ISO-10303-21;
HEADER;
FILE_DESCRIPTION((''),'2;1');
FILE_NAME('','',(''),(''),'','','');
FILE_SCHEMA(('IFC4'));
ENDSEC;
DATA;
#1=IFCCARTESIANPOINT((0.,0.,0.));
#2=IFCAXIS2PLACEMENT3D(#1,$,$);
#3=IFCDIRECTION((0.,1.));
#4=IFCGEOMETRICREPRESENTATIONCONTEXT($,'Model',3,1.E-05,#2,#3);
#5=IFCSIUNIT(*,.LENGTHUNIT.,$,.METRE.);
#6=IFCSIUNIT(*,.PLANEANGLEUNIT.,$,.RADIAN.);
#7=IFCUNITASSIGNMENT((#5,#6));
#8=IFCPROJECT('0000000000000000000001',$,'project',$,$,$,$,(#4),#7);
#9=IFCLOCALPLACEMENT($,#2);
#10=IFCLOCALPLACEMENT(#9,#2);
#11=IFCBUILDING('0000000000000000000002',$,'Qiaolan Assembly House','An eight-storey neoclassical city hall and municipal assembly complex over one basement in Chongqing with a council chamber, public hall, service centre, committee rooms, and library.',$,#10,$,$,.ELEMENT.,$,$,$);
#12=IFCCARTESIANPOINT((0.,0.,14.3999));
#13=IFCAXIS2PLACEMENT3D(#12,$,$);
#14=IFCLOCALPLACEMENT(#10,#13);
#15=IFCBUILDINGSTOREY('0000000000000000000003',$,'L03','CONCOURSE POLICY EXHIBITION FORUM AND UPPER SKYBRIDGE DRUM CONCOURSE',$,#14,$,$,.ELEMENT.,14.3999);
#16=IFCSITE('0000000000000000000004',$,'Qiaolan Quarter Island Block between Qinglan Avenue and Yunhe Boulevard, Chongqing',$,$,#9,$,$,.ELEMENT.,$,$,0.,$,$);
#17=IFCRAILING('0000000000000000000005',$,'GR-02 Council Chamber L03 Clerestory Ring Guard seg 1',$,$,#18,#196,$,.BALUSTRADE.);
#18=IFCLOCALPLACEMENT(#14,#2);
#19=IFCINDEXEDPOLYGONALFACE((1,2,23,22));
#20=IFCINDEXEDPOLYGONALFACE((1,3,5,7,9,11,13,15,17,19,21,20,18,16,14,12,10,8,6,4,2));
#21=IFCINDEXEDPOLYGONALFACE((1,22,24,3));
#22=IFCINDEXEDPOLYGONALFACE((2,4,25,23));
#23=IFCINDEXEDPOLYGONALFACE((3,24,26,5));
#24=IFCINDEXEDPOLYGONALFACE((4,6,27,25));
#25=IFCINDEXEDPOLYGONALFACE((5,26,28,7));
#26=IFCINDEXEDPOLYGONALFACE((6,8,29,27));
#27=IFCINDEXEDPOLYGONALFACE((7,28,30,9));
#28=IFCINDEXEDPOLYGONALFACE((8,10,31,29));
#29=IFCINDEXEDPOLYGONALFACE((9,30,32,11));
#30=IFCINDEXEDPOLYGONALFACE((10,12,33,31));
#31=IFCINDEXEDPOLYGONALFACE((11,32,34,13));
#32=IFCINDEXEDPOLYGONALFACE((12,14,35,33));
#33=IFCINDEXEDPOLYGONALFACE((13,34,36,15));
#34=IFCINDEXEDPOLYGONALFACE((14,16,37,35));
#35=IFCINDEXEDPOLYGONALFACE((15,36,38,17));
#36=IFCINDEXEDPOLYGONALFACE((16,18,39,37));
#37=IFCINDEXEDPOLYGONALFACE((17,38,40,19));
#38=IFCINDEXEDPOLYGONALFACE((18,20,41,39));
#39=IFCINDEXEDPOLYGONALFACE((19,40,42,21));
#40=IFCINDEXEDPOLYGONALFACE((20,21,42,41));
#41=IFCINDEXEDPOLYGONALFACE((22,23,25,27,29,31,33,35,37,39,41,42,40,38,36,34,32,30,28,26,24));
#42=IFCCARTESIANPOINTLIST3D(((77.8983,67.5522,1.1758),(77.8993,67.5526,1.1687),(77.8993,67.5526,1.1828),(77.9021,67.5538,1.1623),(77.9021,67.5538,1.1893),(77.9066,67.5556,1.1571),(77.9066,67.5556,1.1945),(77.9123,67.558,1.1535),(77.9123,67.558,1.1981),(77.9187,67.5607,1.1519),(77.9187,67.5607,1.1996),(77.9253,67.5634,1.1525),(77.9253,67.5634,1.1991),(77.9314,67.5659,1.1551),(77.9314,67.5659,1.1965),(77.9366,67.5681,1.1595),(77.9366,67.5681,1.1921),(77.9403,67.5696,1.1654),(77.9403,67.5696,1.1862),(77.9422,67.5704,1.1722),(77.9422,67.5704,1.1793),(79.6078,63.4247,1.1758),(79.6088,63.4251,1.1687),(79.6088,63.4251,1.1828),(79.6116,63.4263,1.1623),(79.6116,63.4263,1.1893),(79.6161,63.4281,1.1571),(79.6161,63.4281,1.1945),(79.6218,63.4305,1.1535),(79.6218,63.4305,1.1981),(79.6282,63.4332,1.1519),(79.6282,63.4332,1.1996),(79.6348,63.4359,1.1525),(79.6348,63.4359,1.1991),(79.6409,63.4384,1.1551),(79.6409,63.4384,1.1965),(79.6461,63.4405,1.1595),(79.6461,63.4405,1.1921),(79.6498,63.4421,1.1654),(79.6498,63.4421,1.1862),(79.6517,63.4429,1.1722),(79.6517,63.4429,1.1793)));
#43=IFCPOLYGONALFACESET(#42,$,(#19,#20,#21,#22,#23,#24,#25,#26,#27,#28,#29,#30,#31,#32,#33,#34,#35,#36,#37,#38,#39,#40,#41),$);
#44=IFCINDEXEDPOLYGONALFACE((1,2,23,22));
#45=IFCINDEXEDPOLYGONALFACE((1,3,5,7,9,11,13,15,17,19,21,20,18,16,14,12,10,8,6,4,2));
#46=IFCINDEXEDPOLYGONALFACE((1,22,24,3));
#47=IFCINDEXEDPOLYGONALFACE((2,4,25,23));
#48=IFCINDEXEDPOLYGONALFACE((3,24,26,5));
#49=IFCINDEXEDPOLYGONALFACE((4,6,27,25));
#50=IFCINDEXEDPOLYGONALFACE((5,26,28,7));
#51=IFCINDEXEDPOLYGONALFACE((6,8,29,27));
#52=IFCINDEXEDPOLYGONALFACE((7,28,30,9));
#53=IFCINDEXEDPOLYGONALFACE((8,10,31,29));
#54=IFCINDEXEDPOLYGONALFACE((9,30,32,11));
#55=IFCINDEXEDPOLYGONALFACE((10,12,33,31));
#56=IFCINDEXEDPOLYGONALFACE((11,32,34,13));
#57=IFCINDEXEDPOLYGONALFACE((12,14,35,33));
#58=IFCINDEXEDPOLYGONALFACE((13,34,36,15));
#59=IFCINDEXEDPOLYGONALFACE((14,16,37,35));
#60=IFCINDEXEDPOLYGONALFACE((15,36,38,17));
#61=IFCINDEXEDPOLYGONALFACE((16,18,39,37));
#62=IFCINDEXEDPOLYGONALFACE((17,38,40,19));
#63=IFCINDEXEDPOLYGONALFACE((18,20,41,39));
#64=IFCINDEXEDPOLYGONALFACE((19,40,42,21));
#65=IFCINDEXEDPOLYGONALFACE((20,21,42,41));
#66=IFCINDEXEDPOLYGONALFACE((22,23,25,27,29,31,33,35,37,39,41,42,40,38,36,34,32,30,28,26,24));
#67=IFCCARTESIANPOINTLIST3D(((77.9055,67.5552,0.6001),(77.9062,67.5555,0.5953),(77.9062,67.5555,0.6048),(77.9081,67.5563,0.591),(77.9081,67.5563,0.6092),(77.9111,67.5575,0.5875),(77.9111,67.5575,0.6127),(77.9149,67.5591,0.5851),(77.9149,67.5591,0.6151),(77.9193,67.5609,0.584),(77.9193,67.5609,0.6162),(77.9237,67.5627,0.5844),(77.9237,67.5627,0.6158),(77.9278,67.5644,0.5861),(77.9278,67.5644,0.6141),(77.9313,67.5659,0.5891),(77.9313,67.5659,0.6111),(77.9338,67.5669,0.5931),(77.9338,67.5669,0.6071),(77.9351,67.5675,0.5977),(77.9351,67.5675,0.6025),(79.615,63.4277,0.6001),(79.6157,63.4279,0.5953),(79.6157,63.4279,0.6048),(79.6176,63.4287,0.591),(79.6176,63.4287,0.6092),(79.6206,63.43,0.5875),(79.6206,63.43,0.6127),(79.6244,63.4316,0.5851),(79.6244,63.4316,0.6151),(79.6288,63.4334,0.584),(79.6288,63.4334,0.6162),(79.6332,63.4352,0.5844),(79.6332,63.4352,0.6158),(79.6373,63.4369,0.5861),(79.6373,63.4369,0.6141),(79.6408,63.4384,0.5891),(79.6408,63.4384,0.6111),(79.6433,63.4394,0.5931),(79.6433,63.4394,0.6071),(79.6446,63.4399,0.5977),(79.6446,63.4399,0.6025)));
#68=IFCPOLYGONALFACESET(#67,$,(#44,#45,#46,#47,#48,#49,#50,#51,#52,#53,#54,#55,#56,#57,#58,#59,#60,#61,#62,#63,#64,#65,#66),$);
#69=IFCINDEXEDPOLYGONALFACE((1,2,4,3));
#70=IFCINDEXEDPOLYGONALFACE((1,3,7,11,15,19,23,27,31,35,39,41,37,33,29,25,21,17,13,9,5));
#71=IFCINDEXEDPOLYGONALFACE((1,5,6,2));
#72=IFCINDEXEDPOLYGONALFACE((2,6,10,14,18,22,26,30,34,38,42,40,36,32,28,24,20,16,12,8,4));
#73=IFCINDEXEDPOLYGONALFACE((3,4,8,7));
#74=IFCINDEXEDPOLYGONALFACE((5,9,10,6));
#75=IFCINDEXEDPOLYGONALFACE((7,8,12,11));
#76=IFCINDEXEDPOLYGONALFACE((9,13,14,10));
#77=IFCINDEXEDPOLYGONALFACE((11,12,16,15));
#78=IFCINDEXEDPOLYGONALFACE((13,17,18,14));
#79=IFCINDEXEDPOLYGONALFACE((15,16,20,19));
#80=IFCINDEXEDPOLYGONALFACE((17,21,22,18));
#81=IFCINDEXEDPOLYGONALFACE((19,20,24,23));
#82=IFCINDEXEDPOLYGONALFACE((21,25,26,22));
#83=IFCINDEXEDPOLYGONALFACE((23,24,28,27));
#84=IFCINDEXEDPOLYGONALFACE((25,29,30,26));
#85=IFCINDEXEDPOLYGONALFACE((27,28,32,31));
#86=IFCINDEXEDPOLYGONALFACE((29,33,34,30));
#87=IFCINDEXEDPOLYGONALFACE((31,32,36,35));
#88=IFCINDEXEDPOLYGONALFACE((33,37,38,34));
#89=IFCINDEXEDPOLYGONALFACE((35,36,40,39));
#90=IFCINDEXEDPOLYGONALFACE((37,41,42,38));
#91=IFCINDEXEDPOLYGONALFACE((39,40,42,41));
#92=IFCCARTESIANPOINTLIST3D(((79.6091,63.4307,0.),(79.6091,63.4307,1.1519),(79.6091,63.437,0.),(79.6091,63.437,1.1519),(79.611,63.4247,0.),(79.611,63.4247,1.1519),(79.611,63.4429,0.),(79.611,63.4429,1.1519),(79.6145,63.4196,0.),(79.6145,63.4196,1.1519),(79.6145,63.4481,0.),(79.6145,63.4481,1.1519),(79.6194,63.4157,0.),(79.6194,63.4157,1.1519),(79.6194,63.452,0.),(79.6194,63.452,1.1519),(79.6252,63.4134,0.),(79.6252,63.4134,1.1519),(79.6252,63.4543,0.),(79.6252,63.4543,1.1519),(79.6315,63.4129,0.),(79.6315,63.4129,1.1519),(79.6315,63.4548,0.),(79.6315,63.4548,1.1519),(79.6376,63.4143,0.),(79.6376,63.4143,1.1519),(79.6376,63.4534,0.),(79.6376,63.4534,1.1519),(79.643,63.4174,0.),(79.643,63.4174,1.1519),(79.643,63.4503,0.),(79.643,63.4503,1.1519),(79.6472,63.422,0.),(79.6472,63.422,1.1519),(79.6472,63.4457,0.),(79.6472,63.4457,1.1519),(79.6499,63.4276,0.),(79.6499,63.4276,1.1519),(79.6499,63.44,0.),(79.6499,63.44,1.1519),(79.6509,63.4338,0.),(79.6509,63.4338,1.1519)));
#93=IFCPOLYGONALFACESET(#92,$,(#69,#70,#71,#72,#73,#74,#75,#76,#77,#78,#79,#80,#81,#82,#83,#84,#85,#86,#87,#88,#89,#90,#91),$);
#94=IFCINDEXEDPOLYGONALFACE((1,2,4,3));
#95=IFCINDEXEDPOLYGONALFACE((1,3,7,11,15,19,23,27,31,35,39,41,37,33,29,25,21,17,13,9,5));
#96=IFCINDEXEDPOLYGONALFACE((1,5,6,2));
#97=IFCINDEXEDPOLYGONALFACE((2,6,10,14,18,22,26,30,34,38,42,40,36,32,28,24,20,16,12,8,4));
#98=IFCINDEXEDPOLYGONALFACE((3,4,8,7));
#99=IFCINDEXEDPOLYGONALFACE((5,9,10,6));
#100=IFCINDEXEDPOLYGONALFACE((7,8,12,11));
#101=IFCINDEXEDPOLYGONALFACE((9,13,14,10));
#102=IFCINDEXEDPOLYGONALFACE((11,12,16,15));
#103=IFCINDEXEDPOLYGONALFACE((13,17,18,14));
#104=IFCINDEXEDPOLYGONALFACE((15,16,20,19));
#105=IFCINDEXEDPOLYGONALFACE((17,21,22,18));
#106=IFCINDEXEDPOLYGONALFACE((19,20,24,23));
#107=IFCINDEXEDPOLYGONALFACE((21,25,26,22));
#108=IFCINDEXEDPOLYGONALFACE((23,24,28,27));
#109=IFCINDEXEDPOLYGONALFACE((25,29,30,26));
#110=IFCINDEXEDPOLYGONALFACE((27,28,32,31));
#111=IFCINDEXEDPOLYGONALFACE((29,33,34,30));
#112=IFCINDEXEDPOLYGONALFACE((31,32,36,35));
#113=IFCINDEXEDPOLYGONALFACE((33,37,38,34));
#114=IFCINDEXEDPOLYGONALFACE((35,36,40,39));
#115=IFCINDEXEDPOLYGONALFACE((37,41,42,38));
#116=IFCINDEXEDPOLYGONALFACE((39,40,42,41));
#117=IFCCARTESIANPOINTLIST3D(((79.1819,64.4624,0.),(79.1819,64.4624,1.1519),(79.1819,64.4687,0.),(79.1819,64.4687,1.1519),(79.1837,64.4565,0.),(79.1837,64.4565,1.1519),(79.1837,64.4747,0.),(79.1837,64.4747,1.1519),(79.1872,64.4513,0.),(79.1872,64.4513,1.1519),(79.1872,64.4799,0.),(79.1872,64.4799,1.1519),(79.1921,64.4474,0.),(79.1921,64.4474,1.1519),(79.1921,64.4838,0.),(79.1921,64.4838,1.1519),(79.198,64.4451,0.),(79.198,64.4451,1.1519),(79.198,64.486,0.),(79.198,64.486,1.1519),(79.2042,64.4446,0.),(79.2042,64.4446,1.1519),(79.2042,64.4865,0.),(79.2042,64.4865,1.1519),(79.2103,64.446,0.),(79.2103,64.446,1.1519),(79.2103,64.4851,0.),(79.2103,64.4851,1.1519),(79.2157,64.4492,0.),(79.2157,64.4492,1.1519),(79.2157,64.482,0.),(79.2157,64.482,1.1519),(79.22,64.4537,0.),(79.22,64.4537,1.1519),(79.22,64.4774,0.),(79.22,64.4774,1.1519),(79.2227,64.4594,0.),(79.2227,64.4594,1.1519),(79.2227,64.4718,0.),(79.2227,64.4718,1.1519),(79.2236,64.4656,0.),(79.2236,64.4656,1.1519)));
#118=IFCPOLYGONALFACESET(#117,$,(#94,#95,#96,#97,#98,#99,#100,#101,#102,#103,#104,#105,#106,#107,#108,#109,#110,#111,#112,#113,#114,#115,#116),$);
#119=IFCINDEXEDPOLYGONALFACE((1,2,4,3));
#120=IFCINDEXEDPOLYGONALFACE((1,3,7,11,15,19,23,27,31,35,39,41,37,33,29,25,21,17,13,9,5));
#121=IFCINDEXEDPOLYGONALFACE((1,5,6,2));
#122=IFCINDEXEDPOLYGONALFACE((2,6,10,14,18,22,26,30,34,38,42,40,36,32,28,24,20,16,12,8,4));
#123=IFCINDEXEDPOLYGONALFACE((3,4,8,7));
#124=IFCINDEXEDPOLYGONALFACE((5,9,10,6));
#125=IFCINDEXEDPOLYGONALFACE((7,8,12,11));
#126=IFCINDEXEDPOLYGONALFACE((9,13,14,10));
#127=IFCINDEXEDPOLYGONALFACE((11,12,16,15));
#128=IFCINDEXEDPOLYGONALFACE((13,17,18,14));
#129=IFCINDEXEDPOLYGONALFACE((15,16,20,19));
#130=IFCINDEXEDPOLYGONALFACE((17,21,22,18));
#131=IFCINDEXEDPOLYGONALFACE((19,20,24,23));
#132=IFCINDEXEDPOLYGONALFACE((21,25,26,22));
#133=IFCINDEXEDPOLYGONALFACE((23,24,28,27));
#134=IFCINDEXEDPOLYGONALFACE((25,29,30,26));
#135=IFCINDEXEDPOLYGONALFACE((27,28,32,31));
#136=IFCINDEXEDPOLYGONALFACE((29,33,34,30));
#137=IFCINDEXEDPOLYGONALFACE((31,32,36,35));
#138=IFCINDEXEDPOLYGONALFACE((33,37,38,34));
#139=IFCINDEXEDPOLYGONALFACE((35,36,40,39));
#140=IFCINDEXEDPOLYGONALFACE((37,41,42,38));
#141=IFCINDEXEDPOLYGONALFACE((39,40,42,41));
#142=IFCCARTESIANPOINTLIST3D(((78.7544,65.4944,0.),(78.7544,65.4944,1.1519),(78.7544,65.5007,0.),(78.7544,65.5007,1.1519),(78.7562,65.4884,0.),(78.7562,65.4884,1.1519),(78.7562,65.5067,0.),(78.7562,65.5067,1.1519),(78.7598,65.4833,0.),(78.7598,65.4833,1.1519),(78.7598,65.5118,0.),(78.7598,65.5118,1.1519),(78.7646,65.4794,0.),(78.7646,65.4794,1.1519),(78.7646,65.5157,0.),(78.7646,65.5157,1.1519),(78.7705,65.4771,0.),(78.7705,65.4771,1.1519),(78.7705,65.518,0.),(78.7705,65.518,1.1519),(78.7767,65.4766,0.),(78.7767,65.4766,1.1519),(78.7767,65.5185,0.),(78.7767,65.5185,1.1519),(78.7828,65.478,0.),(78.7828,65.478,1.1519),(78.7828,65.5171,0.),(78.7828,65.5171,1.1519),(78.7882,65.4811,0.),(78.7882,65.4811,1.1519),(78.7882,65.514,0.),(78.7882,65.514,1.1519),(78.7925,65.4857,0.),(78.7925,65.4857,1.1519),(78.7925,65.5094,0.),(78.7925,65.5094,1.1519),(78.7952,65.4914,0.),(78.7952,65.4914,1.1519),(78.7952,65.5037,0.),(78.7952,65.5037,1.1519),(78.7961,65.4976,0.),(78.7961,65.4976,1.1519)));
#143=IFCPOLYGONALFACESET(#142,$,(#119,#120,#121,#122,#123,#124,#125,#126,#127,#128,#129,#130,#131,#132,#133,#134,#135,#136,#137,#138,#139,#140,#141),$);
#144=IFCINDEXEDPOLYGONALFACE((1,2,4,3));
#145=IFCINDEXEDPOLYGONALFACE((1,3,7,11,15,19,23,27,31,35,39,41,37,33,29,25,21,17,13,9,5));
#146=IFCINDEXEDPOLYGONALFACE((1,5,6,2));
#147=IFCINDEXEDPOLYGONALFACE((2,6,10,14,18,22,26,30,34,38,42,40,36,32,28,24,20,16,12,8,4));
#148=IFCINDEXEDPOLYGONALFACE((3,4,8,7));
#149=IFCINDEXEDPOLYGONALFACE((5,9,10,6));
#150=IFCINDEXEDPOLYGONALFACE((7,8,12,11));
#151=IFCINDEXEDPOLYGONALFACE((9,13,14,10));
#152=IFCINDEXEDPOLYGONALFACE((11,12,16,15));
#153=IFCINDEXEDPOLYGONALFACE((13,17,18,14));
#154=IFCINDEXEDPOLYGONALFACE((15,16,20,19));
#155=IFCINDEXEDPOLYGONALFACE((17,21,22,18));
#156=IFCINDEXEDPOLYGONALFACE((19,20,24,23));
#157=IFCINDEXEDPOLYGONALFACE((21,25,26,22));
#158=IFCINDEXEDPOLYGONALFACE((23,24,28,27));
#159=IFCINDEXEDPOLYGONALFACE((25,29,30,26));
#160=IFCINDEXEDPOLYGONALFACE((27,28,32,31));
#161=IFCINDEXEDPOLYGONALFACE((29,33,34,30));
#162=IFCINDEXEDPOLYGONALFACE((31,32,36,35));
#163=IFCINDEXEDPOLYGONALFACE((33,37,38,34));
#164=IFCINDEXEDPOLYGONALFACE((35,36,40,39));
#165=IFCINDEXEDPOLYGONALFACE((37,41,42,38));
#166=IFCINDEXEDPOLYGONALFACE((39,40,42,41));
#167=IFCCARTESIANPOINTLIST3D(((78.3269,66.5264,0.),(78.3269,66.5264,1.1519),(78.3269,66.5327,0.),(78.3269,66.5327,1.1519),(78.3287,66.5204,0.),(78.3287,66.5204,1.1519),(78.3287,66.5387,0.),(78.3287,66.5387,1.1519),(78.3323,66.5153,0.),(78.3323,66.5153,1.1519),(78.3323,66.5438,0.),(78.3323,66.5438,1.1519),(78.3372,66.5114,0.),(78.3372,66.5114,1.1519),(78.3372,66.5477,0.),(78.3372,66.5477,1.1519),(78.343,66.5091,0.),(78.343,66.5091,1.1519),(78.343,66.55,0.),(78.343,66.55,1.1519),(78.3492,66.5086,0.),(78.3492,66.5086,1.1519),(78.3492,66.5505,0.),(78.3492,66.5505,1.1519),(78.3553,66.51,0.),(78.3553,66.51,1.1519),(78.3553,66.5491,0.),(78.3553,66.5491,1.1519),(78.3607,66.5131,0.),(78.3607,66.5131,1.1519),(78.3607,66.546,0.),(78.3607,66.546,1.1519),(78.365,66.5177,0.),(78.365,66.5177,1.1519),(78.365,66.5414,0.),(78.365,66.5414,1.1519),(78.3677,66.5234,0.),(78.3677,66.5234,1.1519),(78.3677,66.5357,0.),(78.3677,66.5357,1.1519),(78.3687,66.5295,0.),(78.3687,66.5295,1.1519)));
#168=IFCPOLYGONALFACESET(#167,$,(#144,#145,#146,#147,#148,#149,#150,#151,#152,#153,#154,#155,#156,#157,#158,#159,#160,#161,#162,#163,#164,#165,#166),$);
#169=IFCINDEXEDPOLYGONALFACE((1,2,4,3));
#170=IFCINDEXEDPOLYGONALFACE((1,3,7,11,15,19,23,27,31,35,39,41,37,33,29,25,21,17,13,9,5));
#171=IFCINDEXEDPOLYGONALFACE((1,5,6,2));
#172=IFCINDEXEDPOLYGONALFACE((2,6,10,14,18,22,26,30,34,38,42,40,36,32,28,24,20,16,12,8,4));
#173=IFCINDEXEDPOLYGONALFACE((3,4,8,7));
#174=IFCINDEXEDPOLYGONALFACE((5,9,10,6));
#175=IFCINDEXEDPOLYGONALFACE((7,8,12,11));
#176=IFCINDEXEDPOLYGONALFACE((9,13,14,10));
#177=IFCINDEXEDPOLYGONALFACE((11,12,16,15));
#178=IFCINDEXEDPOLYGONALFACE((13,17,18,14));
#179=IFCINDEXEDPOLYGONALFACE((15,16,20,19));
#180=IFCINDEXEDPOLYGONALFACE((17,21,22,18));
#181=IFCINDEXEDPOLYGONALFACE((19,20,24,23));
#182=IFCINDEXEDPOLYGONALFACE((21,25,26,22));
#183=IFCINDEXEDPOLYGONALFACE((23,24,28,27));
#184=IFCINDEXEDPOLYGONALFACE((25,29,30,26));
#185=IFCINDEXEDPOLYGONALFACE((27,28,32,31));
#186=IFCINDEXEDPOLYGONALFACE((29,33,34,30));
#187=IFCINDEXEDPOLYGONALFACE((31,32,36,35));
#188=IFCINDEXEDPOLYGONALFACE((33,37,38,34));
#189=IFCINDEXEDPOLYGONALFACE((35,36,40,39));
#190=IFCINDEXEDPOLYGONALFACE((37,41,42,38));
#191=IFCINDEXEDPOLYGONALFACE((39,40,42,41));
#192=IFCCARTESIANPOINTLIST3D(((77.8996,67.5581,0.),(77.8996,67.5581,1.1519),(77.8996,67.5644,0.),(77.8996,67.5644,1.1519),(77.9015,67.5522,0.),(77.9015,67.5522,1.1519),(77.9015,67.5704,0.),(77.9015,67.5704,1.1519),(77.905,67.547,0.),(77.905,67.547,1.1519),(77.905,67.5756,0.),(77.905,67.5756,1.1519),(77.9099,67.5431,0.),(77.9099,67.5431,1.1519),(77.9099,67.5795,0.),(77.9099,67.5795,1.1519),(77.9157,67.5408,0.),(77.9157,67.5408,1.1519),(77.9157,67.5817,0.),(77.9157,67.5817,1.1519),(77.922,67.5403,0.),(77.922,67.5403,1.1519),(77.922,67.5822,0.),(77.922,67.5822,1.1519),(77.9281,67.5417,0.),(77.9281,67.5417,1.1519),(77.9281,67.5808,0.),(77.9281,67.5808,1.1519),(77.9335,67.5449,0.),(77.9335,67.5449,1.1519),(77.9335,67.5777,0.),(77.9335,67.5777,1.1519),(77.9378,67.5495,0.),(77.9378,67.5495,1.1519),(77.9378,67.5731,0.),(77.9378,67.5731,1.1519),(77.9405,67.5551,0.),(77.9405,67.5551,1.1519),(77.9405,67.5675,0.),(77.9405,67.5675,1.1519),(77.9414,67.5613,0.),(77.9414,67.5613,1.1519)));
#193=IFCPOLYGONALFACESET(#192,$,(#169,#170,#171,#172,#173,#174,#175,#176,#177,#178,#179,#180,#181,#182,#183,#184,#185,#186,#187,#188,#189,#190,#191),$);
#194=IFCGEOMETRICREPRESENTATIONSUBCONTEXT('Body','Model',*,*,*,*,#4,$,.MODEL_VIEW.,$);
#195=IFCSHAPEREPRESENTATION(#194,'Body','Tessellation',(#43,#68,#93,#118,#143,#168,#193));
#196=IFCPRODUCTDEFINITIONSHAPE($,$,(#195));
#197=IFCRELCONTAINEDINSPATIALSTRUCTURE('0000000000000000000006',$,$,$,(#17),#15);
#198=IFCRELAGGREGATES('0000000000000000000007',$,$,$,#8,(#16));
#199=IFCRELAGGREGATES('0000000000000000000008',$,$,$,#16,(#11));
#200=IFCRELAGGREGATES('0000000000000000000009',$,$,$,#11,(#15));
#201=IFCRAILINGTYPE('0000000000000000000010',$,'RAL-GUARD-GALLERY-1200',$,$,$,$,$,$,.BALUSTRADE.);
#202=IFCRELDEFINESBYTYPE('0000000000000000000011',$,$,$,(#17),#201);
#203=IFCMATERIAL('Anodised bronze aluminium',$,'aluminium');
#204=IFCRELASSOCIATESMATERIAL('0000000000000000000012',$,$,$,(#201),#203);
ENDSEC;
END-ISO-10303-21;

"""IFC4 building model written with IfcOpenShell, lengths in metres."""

from ifc_helpers import new_model, si_unit, direction, frame, origin, origin_2d, place, context, subcontext, project, spatial, circle, extrude, material, type_object, element, save


model = new_model("IFC4")

# Units and contexts
model_context = context("Model", 3, precision=1e-05, world=origin(), true_north=direction((0.0, 1.0)))
body_context = subcontext(model_context, "Body", "Model", "MODEL_VIEW")
ifc_project = project(units=[si_unit("LENGTHUNIT", "METRE"), si_unit("PLANEANGLEUNIT", "RADIAN")], contexts=[model_context])

# Site, building, storey
site_placement = place(None, origin())
site = spatial("IfcSite", under=ifc_project, at=site_placement, Name="Qiaolan Quarter Island Block between Qinglan Avenue and Yunhe Boulevard, Chongqing", CompositionType="ELEMENT", RefElevation=0.0)
building_placement = place(site_placement, origin())
building = spatial("IfcBuilding", under=site, at=building_placement, Name="Qiaolan Assembly House", Description="An eight-storey neoclassical city hall and municipal assembly complex over one basement in Chongqing with a council chamber, public hall, service centre, committee rooms, and library.", CompositionType="ELEMENT")
storey_placement = place(building_placement, frame((0.0, 0.0, 14.3999)))
storey = spatial("IfcBuildingStorey", under=building, at=storey_placement, Name="L03", Description="CONCOURSE POLICY EXHIBITION FORUM AND UPPER SKYBRIDGE DRUM CONCOURSE", CompositionType="ELEMENT", Elevation=14.3999)

# Shared definitions
ifc_material_1 = material(Name="Anodised bronze aluminium", Category="aluminium")

# Railing
railing_type = type_object("IfcRailingType", Name="RAL-GUARD-GALLERY-1200", PredefinedType="BALUSTRADE", material=ifc_material_1)
railing_1_placement = place(storey_placement, frame((79.6299, 63.4338, 0.0)))
element("IfcRailing", 1, at=railing_1_placement, inside=storey, type_object=railing_type, Name="GR-02 Council Chamber L03 Clerestory Ring Guard seg 1", PredefinedType="BALUSTRADE", context=body_context, shape_type="SweptSolid", body=[
    extrude(circle(Radius=0.0239, at=origin_2d()), frame((0.0, 0.0, 1.1758), z_axis=(-0.382651, 0.923893, 0.0), x_axis=(-0.923893, -0.382651, 0.0)), (0.0, 0.0, 1.0), 4.4675),
    extrude(circle(Radius=0.0161, at=origin_2d()), frame((0.0, 0.0, 0.6001), z_axis=(-0.382651, 0.923893, 0.0), x_axis=(-0.923893, -0.382651, 0.0)), (0.0, 0.0, 1.0), 4.4675),
    extrude(circle(Radius=0.021, at=origin_2d()), origin(), (0.0, 0.0, 1.0), 1.1519),
    extrude(circle(Radius=0.021, at=origin_2d()), frame((-0.4272, 1.0317, 0.0)), (0.0, 0.0, 1.0), 1.1519),
    extrude(circle(Radius=0.021, at=origin_2d()), frame((-0.8547, 2.0637, 0.0)), (0.0, 0.0, 1.0), 1.1519),
    extrude(circle(Radius=0.021, at=origin_2d()), frame((-1.2822, 3.0957, 0.0)), (0.0, 0.0, 1.0), 1.1519),
    extrude(circle(Radius=0.021, at=origin_2d()), frame((-1.7095, 4.1274, 0.0)), (0.0, 0.0, 1.0), 1.1519),
])

save(model, "model.ifc")
